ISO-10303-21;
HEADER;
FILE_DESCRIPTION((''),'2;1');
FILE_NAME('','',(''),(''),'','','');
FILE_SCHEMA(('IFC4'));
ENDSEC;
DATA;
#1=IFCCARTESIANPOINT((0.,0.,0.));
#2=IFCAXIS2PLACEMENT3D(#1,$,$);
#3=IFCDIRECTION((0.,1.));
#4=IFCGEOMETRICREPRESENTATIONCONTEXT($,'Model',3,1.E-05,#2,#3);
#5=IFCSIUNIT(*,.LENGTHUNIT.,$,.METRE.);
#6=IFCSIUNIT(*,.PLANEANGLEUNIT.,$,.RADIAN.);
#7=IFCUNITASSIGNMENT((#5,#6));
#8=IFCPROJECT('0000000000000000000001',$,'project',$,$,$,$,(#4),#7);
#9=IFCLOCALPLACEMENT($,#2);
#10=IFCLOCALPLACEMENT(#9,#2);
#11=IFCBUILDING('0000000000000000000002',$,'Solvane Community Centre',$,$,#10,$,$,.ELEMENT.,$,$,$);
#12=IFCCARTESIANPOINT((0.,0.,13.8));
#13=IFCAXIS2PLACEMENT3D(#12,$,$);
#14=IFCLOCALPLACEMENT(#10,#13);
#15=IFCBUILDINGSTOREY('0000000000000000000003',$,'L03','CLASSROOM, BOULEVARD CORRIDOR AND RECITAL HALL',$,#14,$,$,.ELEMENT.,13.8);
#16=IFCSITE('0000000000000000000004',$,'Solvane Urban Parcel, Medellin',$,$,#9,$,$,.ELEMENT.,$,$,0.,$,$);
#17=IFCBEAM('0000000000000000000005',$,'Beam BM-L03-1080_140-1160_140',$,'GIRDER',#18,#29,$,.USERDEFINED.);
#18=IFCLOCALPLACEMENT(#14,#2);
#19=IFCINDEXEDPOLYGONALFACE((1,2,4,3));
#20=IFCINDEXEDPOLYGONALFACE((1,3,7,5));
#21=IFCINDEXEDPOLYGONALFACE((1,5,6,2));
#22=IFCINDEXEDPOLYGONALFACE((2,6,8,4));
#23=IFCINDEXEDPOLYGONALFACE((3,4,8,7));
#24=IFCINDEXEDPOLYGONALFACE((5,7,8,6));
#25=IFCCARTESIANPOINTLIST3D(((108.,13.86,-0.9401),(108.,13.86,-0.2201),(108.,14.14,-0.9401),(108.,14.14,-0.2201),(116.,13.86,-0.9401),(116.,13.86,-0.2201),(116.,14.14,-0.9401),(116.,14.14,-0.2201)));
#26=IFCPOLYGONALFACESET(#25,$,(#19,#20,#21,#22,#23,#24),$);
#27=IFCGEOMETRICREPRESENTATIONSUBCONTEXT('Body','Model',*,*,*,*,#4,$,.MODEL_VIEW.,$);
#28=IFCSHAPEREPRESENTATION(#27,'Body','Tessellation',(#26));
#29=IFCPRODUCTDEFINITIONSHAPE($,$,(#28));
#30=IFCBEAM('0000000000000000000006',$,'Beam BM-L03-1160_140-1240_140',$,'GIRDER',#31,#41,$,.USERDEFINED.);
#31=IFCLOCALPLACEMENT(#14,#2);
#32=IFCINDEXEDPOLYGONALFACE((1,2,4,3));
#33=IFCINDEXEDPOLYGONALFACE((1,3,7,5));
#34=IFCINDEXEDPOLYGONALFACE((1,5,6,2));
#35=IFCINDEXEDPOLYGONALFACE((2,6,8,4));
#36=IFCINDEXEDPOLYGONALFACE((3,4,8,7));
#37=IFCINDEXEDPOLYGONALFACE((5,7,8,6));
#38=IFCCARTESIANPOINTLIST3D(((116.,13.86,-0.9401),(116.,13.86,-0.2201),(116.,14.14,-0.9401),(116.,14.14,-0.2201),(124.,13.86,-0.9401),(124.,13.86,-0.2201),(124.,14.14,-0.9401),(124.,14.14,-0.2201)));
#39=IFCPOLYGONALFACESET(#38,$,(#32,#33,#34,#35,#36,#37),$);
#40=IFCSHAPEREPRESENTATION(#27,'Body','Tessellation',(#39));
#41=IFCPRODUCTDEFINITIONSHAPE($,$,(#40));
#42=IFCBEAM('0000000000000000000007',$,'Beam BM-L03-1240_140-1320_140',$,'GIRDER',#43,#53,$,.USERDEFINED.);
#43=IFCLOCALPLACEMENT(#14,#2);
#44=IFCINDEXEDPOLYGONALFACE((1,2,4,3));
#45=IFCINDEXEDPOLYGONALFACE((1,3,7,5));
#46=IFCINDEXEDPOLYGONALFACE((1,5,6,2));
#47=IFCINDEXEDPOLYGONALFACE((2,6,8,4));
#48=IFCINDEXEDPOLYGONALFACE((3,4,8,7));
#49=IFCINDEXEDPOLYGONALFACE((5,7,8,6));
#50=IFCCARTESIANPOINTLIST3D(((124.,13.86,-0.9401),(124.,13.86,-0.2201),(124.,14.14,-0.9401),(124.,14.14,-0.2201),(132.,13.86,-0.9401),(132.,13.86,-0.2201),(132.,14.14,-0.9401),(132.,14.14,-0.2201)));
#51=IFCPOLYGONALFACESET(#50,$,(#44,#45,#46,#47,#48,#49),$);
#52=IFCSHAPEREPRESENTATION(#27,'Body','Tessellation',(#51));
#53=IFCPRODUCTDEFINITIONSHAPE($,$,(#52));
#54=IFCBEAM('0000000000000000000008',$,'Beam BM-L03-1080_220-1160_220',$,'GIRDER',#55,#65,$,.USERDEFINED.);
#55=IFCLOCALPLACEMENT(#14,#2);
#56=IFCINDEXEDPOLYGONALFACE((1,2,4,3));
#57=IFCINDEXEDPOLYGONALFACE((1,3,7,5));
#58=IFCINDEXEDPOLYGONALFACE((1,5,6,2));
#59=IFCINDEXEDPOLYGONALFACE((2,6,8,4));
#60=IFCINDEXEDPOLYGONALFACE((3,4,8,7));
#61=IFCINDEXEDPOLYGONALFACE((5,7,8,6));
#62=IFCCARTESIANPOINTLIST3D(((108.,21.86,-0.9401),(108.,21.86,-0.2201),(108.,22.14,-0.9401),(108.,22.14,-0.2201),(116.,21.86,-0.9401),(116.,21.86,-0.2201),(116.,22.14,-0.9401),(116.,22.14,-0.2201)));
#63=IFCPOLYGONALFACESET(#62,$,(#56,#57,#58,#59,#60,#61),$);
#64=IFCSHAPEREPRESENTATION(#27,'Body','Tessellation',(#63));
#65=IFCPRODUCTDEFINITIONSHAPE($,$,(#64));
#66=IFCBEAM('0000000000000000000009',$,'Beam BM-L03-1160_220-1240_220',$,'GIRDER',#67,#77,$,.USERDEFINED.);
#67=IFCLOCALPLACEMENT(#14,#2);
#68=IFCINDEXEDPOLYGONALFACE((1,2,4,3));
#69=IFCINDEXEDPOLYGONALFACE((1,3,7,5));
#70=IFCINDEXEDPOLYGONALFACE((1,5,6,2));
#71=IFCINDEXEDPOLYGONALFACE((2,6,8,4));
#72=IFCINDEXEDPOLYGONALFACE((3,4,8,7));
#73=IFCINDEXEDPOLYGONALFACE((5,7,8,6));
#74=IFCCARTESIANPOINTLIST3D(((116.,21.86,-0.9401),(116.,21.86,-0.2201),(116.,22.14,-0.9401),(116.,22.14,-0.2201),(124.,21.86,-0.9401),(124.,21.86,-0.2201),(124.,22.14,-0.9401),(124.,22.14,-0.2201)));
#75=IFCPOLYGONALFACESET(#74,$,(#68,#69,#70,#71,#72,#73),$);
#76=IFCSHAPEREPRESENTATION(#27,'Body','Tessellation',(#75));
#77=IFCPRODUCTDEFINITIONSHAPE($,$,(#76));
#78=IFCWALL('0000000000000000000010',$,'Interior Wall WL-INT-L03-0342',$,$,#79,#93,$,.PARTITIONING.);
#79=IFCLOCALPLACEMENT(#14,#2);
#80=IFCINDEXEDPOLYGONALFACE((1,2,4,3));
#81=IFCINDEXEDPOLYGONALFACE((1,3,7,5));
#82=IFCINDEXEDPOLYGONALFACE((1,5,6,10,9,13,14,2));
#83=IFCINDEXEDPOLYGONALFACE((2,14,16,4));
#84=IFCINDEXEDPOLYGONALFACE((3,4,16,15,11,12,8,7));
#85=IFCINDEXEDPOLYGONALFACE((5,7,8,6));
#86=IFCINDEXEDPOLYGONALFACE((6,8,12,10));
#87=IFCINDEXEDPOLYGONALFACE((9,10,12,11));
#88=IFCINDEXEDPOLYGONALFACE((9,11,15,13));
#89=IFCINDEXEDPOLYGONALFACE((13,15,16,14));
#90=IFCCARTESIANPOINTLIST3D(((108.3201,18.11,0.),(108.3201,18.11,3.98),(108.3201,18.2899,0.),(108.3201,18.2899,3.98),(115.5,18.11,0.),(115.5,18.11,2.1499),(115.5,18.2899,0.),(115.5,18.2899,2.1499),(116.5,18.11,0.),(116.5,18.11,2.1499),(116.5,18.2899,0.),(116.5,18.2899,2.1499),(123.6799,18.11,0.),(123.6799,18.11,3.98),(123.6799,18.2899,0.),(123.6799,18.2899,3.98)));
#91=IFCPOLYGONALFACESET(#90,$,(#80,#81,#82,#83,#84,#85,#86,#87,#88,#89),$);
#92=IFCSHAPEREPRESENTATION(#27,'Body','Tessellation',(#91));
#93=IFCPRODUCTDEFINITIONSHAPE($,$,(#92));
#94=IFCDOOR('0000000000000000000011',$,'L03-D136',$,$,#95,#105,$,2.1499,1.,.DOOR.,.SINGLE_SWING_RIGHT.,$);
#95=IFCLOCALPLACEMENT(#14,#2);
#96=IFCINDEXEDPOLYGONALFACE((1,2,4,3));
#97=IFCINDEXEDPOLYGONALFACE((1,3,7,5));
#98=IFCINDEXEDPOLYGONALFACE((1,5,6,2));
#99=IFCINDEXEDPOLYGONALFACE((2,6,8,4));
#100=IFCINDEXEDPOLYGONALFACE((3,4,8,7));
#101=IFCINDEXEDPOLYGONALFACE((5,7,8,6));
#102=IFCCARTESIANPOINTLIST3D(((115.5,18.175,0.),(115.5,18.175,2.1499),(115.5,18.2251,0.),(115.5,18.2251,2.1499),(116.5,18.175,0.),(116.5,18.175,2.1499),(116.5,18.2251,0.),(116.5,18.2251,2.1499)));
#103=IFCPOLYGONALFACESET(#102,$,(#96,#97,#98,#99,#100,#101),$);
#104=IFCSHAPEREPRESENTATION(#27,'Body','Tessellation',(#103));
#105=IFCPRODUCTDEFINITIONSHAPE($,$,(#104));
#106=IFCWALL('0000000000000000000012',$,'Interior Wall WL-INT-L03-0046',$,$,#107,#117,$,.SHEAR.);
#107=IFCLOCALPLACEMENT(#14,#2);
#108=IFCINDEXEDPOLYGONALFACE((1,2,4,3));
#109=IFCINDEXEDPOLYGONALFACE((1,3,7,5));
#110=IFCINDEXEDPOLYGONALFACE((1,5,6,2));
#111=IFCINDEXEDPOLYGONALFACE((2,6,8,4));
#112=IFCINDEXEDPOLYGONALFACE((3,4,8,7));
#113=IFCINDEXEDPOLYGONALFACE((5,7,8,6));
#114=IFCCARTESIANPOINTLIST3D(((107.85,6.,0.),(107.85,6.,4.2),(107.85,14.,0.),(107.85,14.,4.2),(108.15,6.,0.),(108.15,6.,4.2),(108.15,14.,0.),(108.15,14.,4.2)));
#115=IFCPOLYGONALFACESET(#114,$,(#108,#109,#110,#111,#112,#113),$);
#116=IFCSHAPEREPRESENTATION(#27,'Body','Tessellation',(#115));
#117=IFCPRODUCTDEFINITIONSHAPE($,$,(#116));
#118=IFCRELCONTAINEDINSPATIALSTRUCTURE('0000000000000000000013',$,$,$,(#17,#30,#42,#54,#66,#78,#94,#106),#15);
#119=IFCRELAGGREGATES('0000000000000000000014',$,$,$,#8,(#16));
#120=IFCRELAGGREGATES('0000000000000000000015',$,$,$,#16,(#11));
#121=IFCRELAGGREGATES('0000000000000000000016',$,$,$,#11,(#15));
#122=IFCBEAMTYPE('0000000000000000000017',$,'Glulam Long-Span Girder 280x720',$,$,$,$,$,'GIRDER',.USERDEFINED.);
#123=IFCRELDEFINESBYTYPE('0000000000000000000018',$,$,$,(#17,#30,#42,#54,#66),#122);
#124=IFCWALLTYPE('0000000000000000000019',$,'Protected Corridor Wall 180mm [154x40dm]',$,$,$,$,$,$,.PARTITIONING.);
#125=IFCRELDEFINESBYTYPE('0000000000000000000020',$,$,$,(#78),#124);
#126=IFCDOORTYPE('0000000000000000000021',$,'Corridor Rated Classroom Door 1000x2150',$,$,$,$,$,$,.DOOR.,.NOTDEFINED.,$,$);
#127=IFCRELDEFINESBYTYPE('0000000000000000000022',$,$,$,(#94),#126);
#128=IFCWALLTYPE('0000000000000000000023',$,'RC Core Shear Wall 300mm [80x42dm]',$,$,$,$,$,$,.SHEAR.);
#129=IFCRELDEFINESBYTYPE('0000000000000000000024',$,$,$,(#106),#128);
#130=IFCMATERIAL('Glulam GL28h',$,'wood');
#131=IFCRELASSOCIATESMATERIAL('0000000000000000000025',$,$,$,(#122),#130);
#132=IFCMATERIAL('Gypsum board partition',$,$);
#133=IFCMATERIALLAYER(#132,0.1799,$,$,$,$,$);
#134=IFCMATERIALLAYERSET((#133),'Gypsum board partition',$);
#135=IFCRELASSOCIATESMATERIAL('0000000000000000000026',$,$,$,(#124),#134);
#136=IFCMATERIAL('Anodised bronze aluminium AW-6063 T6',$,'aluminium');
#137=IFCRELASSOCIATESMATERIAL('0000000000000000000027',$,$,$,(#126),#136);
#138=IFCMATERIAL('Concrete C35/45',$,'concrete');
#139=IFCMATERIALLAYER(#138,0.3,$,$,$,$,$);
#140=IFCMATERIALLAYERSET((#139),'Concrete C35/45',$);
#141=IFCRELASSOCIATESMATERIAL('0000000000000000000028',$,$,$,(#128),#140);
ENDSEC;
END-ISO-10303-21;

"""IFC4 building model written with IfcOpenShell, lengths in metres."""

from ifc_helpers import new_model, si_unit, direction, frame, frame_2d, origin, origin_2d, place, context, subcontext, project, spatial, rectangle, extrude, material, layer, layer_set, material_profile, profile_set, type_object, element, fill, save


model = new_model("IFC4")

# Units and contexts
model_context = context("Model", 3, precision=1e-05, world=origin(), true_north=direction((0.0, 1.0)))
body_context = subcontext(model_context, "Body", "Model", "MODEL_VIEW")
ifc_project = project(units=[si_unit("LENGTHUNIT", "METRE"), si_unit("PLANEANGLEUNIT", "RADIAN")], contexts=[model_context])

# Site, building, storey
site_placement = place(None, origin())
site = spatial("IfcSite", under=ifc_project, at=site_placement, Name="Solvane Urban Parcel, Medellin", CompositionType="ELEMENT", RefElevation=0.0)
building_placement = place(site_placement, origin())
building = spatial("IfcBuilding", under=site, at=building_placement, Name="Solvane Community Centre", CompositionType="ELEMENT")
storey_placement = place(building_placement, frame((0.0, 0.0, 13.8)))
storey = spatial("IfcBuildingStorey", under=building, at=storey_placement, Name="L03", Description="CLASSROOM, BOULEVARD CORRIDOR AND RECITAL HALL", CompositionType="ELEMENT", Elevation=13.8)

# Beams
ifc_material_1 = material(Name="Glulam GL28h", Category="wood")
ifc_material_profile_1 = material_profile(ifc_material_1, rectangle(XDim=0.28, YDim=0.72, at=origin_2d()), Name="GL28h 280x720")
ifc_profile_set_1 = profile_set([ifc_material_profile_1], Name="Glulam GL28h")
beam_type_1 = type_object("IfcBeamType", Name="Glulam Long-Span Girder 280x720", ElementType="GIRDER", PredefinedType="USERDEFINED", material=ifc_profile_set_1)
for number, where, z_axis, x_axis, name in (
    (1, (108.0, 14.0, -0.5801), (1.0, 0.0, 0.0), (0.0, 1.0, 0.0), "Beam BM-L03-1080_140-1160_140"),
    (2, (116.0, 14.0, -0.5801), (1.0, 0.0, 0.0), (0.0, 1.0, 0.0), "Beam BM-L03-1160_140-1240_140"),
    (3, (124.0, 14.0, -0.5801), (1.0, 0.0, 0.0), (0.0, 1.0, 0.0), "Beam BM-L03-1240_140-1320_140"),
    (4, (108.0, 22.0, -0.5801), (1.0, 0.0, 0.0), (0.0, 1.0, 0.0), "Beam BM-L03-1080_220-1160_220"),
    (5, (116.0, 22.0, -0.5801), (1.0, 0.0, 0.0), (0.0, 1.0, 0.0), "Beam BM-L03-1160_220-1240_220"),
):
    element("IfcBeam", number, at=place(storey_placement, frame(where, z_axis=z_axis, x_axis=x_axis)), inside=storey, type_object=beam_type_1, Name=name, ObjectType="GIRDER", PredefinedType="USERDEFINED", context=body_context, shape_type="SweptSolid", body=[
        extrude(rectangle(XDim=0.28, YDim=0.72, at=origin_2d()), origin(), (0.0, 0.0, 1.0), 8.0),
    ])

# Wall, opening, door
ifc_material_2 = material(Name="Gypsum board partition")
ifc_layer_1 = layer(ifc_material_2, 0.1799)
ifc_layer_set_1 = layer_set([ifc_layer_1], Name="Gypsum board partition")
wall_type_1 = type_object("IfcWallType", Name="Protected Corridor Wall 180mm [154x40dm]", PredefinedType="PARTITIONING", material=ifc_layer_set_1)
wall_1_placement = place(storey_placement, frame((123.6799, 18.2, 0.0), z_axis=(0.0, 0.0, 1.0), x_axis=(-1.0, 0.0, 0.0)))
wall_1 = element("IfcWall", 6, at=wall_1_placement, inside=storey, type_object=wall_type_1, Name="Interior Wall WL-INT-L03-0342", PredefinedType="PARTITIONING", context=body_context, shape_type="SweptSolid", body=[
    extrude(rectangle(XDim=15.3599, YDim=0.1799, at=frame_2d((7.6799, 0.0))), origin(), (0.0, 0.0, 1.0), 3.98),
])
opening_placement = place(wall_1_placement, frame((7.1799, 0.0, 0.0)))
opening = element("IfcOpeningElement", 7, at=opening_placement, cuts=wall_1, PredefinedType="OPENING", context=body_context, shape_type="SweptSolid", body=[
    extrude(rectangle(XDim=1.0, YDim=2.1499, at=frame_2d((0.5, 1.075))), frame((0.0, 0.0999, 0.0), z_axis=(0.0, -1.0, 0.0), x_axis=(1.0, 0.0, 0.0)), (0.0, 0.0, 1.0), 0.2),
])
ifc_material_3 = material(Name="Anodised bronze aluminium AW-6063 T6", Category="aluminium")
door_type = type_object("IfcDoorType", Name="Corridor Rated Classroom Door 1000x2150", OperationType="NOTDEFINED", PredefinedType="DOOR", material=ifc_material_3)
door_placement = place(opening_placement, origin())
door = element("IfcDoor", 8, at=door_placement, inside=storey, type_object=door_type, Name="L03-D136", OperationType="SINGLE_SWING_RIGHT", OverallHeight=2.1499, OverallWidth=1.0, PredefinedType="DOOR", context=body_context, shape_type="SweptSolid", body=[
    extrude(rectangle(XDim=1.0, YDim=2.1499, at=frame_2d((0.5, 1.075))), frame((0.0, 0.0249, 0.0), z_axis=(0.0, -1.0, 0.0), x_axis=(1.0, 0.0, 0.0)), (0.0, 0.0, 1.0), 0.05),
])
fill(opening, door)

# Wall
ifc_material_4 = material(Name="Concrete C35/45", Category="concrete")
ifc_layer_2 = layer(ifc_material_4, 0.3)
ifc_layer_set_2 = layer_set([ifc_layer_2], Name="Concrete C35/45")
wall_type_2 = type_object("IfcWallType", Name="RC Core Shear Wall 300mm [80x42dm]", PredefinedType="SHEAR", material=ifc_layer_set_2)
wall_2_placement = place(storey_placement, frame((108.0, 14.0, 0.0), z_axis=(0.0, 0.0, 1.0), x_axis=(0.0, -1.0, 0.0)))
element("IfcWall", 9, at=wall_2_placement, inside=storey, type_object=wall_type_2, Name="Interior Wall WL-INT-L03-0046", PredefinedType="SHEAR", context=body_context, shape_type="SweptSolid", body=[
    extrude(rectangle(XDim=8.0, YDim=0.3, at=frame_2d((4.0, 0.0))), origin(), (0.0, 0.0, 1.0), 4.2),
])

save(model, "model.ifc")
